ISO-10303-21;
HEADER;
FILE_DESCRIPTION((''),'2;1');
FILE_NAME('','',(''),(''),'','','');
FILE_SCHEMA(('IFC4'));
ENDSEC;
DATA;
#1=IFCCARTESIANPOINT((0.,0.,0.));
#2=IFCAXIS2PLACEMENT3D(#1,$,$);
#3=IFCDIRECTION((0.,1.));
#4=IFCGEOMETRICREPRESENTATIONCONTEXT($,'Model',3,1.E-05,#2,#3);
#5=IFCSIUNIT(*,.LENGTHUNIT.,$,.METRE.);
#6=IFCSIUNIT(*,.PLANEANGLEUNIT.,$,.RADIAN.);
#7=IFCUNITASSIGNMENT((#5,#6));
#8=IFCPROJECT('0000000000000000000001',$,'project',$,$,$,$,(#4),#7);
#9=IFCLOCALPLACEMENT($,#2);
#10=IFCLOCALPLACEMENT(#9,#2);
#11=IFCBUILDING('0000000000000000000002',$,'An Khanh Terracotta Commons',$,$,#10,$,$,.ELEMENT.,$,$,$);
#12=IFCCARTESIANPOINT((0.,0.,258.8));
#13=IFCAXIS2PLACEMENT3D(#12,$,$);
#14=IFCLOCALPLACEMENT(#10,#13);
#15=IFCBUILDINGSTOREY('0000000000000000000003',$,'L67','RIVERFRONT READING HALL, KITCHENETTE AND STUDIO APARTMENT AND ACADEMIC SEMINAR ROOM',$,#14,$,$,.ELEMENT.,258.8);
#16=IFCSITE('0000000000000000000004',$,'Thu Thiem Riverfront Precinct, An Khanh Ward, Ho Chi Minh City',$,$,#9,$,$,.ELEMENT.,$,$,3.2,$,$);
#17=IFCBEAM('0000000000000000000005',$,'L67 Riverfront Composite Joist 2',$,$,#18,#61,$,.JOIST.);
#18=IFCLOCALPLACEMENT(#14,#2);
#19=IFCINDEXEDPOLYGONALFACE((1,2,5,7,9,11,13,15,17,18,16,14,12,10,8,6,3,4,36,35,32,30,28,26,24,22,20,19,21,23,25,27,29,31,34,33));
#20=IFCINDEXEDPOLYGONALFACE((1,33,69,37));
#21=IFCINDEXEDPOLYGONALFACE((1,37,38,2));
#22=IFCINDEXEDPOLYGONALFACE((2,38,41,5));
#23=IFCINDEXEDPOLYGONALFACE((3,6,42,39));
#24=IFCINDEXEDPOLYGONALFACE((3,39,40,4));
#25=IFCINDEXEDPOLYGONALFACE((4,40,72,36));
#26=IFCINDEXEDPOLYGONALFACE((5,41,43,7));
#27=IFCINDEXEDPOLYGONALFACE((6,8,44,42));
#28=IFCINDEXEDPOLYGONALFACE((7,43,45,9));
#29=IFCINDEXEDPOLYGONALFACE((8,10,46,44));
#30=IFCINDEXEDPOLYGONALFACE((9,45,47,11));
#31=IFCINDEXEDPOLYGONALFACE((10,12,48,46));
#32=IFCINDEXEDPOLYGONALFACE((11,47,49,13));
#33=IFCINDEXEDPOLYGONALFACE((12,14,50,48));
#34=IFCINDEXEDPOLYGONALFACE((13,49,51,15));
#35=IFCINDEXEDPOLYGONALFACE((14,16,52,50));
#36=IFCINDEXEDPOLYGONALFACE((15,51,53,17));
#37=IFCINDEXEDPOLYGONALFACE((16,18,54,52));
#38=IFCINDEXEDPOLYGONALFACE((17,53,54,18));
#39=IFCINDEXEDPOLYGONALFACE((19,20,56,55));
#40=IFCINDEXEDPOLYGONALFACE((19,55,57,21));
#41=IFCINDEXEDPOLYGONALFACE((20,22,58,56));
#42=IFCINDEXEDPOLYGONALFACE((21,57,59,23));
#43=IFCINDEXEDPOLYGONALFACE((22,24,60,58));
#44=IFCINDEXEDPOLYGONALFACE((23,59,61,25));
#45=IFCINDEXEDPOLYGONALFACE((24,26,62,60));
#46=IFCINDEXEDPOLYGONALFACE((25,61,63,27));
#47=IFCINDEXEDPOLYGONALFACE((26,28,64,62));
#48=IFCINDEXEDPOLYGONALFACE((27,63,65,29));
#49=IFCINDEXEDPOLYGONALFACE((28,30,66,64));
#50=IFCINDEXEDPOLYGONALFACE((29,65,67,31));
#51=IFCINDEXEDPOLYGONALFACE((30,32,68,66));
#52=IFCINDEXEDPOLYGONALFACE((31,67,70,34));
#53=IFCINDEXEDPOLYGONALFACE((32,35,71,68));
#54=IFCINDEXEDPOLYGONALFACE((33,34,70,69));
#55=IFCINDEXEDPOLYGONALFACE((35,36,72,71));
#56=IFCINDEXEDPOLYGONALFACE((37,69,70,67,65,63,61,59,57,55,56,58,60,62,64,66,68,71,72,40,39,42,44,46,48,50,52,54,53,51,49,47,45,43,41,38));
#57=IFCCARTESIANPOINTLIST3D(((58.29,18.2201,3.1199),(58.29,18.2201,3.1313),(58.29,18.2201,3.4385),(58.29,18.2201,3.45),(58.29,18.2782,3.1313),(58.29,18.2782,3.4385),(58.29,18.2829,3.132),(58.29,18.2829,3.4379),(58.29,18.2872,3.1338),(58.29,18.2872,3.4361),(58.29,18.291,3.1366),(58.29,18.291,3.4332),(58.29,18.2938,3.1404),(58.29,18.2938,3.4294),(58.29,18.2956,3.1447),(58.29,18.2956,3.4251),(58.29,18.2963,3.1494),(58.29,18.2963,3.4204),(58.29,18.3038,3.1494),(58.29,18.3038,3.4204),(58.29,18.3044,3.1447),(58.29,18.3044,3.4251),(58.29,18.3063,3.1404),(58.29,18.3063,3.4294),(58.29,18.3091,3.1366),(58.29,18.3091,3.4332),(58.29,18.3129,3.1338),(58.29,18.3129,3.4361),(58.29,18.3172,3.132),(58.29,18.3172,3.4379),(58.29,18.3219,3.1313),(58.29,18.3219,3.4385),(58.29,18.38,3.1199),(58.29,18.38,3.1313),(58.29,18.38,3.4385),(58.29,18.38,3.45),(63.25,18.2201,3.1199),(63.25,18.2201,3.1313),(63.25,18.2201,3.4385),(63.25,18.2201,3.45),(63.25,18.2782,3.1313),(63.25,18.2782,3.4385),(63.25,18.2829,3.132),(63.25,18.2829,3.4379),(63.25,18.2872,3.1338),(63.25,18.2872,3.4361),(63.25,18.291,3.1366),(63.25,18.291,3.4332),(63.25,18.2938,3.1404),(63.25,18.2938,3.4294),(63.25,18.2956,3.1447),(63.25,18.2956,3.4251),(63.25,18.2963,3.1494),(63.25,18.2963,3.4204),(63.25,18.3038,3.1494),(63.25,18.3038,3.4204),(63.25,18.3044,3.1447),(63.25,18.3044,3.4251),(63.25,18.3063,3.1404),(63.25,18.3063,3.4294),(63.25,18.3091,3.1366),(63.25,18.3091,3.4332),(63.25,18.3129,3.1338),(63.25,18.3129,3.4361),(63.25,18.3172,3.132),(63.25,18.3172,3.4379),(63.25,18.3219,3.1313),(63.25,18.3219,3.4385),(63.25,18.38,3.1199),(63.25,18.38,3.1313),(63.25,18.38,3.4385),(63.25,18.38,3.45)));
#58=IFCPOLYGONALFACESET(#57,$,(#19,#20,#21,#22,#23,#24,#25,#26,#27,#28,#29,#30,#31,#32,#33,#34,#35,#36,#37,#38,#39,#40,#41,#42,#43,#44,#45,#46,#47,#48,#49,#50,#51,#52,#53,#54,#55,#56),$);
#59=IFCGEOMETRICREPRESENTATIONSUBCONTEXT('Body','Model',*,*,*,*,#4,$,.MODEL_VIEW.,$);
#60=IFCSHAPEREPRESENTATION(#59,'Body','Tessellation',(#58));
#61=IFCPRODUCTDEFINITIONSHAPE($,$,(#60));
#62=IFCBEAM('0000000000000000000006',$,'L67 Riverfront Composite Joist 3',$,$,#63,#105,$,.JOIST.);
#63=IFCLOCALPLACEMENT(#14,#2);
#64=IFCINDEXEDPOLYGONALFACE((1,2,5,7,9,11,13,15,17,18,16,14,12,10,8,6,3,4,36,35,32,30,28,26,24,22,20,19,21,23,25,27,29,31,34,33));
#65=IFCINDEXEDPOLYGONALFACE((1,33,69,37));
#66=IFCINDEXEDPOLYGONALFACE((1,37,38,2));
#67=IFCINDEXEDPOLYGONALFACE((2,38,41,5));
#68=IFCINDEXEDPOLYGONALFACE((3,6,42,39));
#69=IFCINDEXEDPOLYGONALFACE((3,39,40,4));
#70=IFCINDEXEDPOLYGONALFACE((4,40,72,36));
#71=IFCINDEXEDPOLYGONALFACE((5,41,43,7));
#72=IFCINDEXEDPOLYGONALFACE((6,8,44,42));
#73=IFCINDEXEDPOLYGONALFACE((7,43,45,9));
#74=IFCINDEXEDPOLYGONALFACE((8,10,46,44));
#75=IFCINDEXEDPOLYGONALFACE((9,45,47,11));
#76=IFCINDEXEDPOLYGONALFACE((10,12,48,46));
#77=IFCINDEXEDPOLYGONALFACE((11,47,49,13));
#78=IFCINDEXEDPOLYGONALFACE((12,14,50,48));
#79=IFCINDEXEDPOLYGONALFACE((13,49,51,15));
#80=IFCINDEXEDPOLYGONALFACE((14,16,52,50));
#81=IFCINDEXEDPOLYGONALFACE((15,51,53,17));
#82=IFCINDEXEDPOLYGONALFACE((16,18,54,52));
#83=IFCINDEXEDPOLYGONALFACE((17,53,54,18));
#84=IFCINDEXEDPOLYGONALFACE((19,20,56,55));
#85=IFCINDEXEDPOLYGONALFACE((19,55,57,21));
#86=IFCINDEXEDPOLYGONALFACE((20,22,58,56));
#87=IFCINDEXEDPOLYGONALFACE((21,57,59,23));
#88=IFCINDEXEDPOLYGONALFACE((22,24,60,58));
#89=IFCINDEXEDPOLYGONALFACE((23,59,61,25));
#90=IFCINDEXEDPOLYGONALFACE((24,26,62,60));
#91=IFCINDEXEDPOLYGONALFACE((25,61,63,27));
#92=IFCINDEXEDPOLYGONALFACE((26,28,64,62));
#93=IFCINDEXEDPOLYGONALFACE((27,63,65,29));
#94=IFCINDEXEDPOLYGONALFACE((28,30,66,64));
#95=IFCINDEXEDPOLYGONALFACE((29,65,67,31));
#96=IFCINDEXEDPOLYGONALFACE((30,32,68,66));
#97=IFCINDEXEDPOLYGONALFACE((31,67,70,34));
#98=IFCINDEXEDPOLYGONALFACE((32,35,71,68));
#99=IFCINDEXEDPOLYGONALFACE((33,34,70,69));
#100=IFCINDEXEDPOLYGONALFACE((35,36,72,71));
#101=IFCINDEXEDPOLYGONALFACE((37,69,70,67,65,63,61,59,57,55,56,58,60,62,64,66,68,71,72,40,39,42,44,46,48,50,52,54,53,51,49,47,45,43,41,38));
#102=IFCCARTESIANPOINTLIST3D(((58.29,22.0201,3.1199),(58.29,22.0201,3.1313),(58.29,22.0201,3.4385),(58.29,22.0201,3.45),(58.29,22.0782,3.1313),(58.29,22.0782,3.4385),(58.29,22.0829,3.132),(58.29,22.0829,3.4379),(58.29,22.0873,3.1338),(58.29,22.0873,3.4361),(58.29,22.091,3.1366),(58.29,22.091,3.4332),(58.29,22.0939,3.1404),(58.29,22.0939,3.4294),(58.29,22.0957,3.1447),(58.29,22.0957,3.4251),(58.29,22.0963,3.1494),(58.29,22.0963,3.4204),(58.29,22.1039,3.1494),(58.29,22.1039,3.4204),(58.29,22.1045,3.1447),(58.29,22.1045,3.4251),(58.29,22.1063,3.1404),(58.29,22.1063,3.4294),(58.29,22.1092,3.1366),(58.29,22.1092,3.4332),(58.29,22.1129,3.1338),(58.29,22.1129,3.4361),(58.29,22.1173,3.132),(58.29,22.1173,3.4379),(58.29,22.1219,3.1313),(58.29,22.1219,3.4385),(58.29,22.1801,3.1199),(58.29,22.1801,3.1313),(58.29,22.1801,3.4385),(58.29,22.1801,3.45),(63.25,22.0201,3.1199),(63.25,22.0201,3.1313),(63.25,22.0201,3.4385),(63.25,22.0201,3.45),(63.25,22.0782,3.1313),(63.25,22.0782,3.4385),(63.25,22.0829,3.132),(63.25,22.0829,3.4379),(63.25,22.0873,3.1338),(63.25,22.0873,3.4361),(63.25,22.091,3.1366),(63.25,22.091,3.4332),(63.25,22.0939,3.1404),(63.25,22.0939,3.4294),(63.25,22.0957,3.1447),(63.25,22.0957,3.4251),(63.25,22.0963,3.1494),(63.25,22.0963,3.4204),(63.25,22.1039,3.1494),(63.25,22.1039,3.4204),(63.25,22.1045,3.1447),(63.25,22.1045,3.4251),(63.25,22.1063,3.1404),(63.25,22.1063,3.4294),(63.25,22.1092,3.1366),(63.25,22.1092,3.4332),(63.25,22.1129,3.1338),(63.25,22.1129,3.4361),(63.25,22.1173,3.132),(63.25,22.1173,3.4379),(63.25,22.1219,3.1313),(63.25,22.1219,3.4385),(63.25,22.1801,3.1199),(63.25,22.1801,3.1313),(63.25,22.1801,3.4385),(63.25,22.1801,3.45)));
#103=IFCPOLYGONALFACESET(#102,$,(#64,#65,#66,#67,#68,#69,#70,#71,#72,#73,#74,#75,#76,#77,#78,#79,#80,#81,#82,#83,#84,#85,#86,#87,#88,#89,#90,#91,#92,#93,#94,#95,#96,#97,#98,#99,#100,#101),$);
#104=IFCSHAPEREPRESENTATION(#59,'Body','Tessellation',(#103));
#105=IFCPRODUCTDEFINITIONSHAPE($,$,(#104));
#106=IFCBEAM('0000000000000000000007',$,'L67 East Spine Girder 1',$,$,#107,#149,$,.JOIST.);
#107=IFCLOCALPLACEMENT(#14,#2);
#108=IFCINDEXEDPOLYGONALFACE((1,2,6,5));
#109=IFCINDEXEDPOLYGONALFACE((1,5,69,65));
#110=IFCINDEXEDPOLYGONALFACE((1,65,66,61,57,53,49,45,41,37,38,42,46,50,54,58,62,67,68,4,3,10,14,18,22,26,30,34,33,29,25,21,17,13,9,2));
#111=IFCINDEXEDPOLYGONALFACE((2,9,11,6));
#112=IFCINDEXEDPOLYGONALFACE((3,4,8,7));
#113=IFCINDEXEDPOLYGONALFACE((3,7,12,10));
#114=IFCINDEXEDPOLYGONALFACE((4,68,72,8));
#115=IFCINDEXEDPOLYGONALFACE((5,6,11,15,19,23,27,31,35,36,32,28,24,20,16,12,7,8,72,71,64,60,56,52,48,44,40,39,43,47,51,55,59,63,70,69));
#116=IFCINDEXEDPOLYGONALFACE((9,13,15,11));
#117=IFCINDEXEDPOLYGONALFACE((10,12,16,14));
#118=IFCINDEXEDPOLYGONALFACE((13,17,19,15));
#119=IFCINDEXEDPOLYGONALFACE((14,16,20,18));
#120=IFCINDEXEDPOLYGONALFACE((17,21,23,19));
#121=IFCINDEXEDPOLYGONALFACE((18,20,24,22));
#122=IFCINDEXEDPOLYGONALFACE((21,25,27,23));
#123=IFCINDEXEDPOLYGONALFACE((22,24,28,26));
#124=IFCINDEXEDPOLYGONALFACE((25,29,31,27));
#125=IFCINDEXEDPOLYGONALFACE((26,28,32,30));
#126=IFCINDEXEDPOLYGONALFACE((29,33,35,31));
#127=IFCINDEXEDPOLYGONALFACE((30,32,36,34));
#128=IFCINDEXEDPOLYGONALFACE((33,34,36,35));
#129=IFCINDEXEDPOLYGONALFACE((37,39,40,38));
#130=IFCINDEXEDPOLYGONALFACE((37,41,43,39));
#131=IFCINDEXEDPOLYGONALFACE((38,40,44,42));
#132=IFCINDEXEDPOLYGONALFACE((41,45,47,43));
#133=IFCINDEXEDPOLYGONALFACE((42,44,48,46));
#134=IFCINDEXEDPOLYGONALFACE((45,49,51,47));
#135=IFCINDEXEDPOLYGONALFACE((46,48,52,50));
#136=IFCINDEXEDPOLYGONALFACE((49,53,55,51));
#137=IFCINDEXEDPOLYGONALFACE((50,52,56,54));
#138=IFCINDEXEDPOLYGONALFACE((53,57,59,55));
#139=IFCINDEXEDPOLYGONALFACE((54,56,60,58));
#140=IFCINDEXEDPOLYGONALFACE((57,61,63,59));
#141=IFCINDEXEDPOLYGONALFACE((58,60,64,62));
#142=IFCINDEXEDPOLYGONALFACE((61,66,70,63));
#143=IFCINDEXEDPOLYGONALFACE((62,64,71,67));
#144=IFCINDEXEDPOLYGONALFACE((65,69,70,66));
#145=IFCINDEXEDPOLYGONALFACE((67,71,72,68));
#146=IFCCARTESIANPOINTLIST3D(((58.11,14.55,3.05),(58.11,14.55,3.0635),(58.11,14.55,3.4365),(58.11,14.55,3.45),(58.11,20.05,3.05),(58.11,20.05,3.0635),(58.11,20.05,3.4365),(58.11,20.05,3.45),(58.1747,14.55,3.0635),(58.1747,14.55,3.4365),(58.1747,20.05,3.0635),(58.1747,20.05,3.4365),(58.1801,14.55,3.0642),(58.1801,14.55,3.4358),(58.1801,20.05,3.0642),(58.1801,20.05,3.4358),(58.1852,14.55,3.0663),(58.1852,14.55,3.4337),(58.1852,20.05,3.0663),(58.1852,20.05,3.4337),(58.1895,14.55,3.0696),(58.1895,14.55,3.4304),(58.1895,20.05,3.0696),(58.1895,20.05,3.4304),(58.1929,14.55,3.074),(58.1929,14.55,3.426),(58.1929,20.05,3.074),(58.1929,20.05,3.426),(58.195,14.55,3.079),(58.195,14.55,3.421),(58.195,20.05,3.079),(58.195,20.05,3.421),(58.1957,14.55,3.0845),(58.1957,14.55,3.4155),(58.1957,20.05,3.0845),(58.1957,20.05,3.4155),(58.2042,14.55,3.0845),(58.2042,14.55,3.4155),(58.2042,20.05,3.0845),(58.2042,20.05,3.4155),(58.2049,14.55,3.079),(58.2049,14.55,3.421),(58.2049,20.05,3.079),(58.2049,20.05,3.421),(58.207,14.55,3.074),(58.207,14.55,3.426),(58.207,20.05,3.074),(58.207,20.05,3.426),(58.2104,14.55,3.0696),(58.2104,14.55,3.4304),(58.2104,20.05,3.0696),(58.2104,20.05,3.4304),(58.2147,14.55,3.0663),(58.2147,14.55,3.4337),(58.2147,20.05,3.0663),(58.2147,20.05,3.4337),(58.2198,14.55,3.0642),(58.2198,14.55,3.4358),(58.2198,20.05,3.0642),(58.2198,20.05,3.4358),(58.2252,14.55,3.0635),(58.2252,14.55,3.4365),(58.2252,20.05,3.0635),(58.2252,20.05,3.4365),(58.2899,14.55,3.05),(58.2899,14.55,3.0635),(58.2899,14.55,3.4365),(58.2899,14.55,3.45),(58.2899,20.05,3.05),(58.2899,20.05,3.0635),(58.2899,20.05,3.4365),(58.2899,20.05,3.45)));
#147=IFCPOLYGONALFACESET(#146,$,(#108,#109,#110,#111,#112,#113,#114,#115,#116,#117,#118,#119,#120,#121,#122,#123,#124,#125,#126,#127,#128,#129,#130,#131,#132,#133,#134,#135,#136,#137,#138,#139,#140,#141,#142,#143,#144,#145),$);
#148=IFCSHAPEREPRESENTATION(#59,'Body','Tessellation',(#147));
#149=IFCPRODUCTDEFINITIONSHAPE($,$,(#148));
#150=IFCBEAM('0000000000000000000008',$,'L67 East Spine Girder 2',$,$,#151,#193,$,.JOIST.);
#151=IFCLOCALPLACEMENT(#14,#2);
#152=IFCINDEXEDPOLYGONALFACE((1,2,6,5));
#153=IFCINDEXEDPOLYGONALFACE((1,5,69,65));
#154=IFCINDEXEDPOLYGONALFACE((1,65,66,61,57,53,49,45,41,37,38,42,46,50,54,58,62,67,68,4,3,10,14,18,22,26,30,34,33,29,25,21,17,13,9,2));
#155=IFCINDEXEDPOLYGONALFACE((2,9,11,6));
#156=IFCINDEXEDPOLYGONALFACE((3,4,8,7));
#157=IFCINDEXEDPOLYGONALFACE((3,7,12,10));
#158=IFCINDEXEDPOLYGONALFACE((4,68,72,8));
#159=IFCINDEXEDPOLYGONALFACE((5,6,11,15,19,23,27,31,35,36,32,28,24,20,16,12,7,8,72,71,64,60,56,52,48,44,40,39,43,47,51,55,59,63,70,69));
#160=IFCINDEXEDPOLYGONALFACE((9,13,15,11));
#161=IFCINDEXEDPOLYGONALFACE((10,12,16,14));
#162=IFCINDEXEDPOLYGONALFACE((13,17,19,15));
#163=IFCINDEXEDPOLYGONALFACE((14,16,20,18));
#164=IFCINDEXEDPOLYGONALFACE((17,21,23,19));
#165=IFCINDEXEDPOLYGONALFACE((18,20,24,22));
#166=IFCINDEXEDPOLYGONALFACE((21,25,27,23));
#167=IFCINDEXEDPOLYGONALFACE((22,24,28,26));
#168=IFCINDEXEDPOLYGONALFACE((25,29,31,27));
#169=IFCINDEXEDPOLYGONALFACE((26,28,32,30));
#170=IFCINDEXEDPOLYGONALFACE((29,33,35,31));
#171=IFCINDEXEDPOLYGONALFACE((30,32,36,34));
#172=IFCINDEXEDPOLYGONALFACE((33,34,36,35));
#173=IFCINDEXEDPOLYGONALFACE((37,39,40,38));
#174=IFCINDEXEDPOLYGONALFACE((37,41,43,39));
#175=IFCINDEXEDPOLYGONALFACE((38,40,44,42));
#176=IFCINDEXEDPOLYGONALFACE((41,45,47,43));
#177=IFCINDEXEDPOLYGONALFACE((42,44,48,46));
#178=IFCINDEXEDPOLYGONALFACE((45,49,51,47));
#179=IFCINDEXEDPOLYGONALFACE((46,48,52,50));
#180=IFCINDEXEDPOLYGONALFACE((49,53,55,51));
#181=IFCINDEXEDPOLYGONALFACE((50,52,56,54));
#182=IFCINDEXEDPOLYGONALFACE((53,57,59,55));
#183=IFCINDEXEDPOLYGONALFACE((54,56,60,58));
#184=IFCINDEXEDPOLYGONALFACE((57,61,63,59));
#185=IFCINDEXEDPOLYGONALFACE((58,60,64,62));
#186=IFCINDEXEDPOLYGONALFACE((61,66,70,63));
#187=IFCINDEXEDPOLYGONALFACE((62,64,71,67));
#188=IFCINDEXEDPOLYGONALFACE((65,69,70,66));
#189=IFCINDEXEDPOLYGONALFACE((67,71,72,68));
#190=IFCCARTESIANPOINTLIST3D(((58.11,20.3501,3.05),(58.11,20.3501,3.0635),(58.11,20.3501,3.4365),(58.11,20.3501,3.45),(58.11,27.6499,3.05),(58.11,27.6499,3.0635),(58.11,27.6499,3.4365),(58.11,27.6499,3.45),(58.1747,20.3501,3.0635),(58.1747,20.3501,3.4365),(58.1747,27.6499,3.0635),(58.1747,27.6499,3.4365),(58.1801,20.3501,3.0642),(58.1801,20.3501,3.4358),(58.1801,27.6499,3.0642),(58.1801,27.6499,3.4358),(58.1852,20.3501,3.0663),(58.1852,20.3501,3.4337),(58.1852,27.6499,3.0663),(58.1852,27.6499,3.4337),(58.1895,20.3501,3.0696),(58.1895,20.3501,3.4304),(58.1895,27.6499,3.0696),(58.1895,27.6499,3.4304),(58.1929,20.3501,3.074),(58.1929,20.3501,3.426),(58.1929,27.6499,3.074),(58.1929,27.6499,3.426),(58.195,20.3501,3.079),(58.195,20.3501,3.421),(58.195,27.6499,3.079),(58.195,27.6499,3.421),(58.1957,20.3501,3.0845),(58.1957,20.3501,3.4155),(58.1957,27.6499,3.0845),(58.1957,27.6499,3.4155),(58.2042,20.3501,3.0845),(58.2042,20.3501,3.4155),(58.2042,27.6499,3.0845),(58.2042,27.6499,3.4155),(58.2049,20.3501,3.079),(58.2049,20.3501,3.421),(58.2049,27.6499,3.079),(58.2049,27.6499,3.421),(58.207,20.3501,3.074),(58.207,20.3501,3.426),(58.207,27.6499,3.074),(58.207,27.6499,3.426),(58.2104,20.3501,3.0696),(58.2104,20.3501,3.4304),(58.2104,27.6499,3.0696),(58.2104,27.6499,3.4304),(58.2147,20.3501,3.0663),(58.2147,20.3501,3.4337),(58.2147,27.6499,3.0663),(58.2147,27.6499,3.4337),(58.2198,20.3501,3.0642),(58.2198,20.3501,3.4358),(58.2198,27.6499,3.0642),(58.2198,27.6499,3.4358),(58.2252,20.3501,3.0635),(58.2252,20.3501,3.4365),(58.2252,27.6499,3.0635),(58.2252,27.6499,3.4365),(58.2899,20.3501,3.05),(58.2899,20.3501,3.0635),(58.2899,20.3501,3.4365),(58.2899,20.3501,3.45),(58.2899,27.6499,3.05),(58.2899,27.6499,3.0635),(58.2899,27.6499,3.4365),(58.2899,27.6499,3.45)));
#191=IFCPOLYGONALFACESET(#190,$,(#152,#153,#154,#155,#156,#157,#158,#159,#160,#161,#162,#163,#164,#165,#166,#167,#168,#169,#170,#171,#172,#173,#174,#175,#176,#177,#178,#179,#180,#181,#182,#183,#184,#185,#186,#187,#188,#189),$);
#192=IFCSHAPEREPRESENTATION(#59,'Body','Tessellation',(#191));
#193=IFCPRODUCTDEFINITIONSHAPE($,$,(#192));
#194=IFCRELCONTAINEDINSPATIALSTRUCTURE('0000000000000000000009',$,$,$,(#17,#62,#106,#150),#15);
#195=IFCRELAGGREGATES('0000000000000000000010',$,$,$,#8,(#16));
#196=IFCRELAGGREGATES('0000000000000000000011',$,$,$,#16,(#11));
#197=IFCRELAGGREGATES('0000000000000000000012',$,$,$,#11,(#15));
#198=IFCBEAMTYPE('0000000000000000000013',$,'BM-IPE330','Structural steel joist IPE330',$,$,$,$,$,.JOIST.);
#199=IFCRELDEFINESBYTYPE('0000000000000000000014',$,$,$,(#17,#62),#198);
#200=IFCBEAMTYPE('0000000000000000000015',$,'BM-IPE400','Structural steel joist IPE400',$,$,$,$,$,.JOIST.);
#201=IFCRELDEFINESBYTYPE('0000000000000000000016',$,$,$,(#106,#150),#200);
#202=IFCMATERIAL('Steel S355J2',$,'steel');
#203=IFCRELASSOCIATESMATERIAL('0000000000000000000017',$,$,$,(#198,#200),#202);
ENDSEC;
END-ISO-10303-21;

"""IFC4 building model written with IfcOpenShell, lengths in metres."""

from ifc_helpers import new_model, si_unit, direction, frame, origin, origin_2d, place, context, subcontext, project, spatial, i_section, extrude, material, material_profile, profile_set, type_object, element, save


model = new_model("IFC4")

# Units and contexts
model_context = context("Model", 3, precision=1e-05, world=origin(), true_north=direction((0.0, 1.0)))
body_context = subcontext(model_context, "Body", "Model", "MODEL_VIEW")
ifc_project = project(units=[si_unit("LENGTHUNIT", "METRE"), si_unit("PLANEANGLEUNIT", "RADIAN")], contexts=[model_context])

# Site, building, storey
site_placement = place(None, origin())
site = spatial("IfcSite", under=ifc_project, at=site_placement, Name="Thu Thiem Riverfront Precinct, An Khanh Ward, Ho Chi Minh City", CompositionType="ELEMENT", RefElevation=3.2)
building_placement = place(site_placement, origin())
building = spatial("IfcBuilding", under=site, at=building_placement, Name="An Khanh Terracotta Commons", CompositionType="ELEMENT")
storey_placement = place(building_placement, frame((0.0, 0.0, 258.8)))
storey = spatial("IfcBuildingStorey", under=building, at=storey_placement, Name="L67", Description="RIVERFRONT READING HALL, KITCHENETTE AND STUDIO APARTMENT AND ACADEMIC SEMINAR ROOM", CompositionType="ELEMENT", Elevation=258.8)

# Beams
ifc_material_1 = material(Name="Steel S355J2", Category="steel")
ifc_material_profile_1 = material_profile(ifc_material_1, i_section(OverallWidth=0.1599, OverallDepth=0.3301, WebThickness=0.0076, FlangeThickness=0.0115, FilletRadius=0.0181, at=origin_2d()), Name="IPE330")
ifc_profile_set_1 = profile_set([ifc_material_profile_1], Name="Steel S355J2")
beam_type_1 = type_object("IfcBeamType", Name="BM-IPE330", Description="Structural steel joist IPE330", PredefinedType="JOIST", material=ifc_profile_set_1)
for number, where, z_axis, x_axis, name in (
    (1, (58.29, 18.3, 3.2849), (1.0, 0.0, 0.0), (0.0, 1.0, 0.0), "L67 Riverfront Composite Joist 2"),
    (2, (58.29, 22.1001, 3.2849), (1.0, 0.0, 0.0), (0.0, 1.0, 0.0), "L67 Riverfront Composite Joist 3"),
):
    element("IfcBeam", number, at=place(storey_placement, frame(where, z_axis=z_axis, x_axis=x_axis)), inside=storey, type_object=beam_type_1, Name=name, PredefinedType="JOIST", context=body_context, shape_type="SweptSolid", body=[
        extrude(i_section(OverallWidth=0.1599, OverallDepth=0.3301, WebThickness=0.0076, FlangeThickness=0.0115, FilletRadius=0.0181, at=origin_2d()), origin(), (0.0, 0.0, 1.0), 4.96),
    ])
ifc_material_profile_2 = material_profile(ifc_material_1, i_section(OverallWidth=0.1799, OverallDepth=0.3999, WebThickness=0.0085, FlangeThickness=0.0134, FilletRadius=0.021, at=origin_2d()), Name="IPE400")
ifc_profile_set_2 = profile_set([ifc_material_profile_2], Name="Steel S355J2")
beam_type_2 = type_object("IfcBeamType", Name="BM-IPE400", Description="Structural steel joist IPE400", PredefinedType="JOIST", material=ifc_profile_set_2)
beam_1_placement = place(storey_placement, frame((58.2, 14.55, 3.25), z_axis=(0.0, 1.0, 0.0), x_axis=(-1.0, 0.0, 0.0)))
element("IfcBeam", 3, at=beam_1_placement, inside=storey, type_object=beam_type_2, Name="L67 East Spine Girder 1", PredefinedType="JOIST", context=body_context, shape_type="SweptSolid", body=[
    extrude(i_section(OverallWidth=0.1799, OverallDepth=0.3999, WebThickness=0.0085, FlangeThickness=0.0134, FilletRadius=0.021, at=origin_2d()), origin(), (0.0, 0.0, 1.0), 5.5),
])
beam_2_placement = place(storey_placement, frame((58.2, 20.3501, 3.25), z_axis=(0.0, 1.0, 0.0), x_axis=(-1.0, 0.0, 0.0)))
element("IfcBeam", 4, at=beam_2_placement, inside=storey, type_object=beam_type_2, Name="L67 East Spine Girder 2", PredefinedType="JOIST", context=body_context, shape_type="SweptSolid", body=[
    extrude(i_section(OverallWidth=0.1799, OverallDepth=0.3999, WebThickness=0.0085, FlangeThickness=0.0134, FilletRadius=0.021, at=origin_2d()), origin(), (0.0, 0.0, 1.0), 7.2998),
])

save(model, "model.ifc")
